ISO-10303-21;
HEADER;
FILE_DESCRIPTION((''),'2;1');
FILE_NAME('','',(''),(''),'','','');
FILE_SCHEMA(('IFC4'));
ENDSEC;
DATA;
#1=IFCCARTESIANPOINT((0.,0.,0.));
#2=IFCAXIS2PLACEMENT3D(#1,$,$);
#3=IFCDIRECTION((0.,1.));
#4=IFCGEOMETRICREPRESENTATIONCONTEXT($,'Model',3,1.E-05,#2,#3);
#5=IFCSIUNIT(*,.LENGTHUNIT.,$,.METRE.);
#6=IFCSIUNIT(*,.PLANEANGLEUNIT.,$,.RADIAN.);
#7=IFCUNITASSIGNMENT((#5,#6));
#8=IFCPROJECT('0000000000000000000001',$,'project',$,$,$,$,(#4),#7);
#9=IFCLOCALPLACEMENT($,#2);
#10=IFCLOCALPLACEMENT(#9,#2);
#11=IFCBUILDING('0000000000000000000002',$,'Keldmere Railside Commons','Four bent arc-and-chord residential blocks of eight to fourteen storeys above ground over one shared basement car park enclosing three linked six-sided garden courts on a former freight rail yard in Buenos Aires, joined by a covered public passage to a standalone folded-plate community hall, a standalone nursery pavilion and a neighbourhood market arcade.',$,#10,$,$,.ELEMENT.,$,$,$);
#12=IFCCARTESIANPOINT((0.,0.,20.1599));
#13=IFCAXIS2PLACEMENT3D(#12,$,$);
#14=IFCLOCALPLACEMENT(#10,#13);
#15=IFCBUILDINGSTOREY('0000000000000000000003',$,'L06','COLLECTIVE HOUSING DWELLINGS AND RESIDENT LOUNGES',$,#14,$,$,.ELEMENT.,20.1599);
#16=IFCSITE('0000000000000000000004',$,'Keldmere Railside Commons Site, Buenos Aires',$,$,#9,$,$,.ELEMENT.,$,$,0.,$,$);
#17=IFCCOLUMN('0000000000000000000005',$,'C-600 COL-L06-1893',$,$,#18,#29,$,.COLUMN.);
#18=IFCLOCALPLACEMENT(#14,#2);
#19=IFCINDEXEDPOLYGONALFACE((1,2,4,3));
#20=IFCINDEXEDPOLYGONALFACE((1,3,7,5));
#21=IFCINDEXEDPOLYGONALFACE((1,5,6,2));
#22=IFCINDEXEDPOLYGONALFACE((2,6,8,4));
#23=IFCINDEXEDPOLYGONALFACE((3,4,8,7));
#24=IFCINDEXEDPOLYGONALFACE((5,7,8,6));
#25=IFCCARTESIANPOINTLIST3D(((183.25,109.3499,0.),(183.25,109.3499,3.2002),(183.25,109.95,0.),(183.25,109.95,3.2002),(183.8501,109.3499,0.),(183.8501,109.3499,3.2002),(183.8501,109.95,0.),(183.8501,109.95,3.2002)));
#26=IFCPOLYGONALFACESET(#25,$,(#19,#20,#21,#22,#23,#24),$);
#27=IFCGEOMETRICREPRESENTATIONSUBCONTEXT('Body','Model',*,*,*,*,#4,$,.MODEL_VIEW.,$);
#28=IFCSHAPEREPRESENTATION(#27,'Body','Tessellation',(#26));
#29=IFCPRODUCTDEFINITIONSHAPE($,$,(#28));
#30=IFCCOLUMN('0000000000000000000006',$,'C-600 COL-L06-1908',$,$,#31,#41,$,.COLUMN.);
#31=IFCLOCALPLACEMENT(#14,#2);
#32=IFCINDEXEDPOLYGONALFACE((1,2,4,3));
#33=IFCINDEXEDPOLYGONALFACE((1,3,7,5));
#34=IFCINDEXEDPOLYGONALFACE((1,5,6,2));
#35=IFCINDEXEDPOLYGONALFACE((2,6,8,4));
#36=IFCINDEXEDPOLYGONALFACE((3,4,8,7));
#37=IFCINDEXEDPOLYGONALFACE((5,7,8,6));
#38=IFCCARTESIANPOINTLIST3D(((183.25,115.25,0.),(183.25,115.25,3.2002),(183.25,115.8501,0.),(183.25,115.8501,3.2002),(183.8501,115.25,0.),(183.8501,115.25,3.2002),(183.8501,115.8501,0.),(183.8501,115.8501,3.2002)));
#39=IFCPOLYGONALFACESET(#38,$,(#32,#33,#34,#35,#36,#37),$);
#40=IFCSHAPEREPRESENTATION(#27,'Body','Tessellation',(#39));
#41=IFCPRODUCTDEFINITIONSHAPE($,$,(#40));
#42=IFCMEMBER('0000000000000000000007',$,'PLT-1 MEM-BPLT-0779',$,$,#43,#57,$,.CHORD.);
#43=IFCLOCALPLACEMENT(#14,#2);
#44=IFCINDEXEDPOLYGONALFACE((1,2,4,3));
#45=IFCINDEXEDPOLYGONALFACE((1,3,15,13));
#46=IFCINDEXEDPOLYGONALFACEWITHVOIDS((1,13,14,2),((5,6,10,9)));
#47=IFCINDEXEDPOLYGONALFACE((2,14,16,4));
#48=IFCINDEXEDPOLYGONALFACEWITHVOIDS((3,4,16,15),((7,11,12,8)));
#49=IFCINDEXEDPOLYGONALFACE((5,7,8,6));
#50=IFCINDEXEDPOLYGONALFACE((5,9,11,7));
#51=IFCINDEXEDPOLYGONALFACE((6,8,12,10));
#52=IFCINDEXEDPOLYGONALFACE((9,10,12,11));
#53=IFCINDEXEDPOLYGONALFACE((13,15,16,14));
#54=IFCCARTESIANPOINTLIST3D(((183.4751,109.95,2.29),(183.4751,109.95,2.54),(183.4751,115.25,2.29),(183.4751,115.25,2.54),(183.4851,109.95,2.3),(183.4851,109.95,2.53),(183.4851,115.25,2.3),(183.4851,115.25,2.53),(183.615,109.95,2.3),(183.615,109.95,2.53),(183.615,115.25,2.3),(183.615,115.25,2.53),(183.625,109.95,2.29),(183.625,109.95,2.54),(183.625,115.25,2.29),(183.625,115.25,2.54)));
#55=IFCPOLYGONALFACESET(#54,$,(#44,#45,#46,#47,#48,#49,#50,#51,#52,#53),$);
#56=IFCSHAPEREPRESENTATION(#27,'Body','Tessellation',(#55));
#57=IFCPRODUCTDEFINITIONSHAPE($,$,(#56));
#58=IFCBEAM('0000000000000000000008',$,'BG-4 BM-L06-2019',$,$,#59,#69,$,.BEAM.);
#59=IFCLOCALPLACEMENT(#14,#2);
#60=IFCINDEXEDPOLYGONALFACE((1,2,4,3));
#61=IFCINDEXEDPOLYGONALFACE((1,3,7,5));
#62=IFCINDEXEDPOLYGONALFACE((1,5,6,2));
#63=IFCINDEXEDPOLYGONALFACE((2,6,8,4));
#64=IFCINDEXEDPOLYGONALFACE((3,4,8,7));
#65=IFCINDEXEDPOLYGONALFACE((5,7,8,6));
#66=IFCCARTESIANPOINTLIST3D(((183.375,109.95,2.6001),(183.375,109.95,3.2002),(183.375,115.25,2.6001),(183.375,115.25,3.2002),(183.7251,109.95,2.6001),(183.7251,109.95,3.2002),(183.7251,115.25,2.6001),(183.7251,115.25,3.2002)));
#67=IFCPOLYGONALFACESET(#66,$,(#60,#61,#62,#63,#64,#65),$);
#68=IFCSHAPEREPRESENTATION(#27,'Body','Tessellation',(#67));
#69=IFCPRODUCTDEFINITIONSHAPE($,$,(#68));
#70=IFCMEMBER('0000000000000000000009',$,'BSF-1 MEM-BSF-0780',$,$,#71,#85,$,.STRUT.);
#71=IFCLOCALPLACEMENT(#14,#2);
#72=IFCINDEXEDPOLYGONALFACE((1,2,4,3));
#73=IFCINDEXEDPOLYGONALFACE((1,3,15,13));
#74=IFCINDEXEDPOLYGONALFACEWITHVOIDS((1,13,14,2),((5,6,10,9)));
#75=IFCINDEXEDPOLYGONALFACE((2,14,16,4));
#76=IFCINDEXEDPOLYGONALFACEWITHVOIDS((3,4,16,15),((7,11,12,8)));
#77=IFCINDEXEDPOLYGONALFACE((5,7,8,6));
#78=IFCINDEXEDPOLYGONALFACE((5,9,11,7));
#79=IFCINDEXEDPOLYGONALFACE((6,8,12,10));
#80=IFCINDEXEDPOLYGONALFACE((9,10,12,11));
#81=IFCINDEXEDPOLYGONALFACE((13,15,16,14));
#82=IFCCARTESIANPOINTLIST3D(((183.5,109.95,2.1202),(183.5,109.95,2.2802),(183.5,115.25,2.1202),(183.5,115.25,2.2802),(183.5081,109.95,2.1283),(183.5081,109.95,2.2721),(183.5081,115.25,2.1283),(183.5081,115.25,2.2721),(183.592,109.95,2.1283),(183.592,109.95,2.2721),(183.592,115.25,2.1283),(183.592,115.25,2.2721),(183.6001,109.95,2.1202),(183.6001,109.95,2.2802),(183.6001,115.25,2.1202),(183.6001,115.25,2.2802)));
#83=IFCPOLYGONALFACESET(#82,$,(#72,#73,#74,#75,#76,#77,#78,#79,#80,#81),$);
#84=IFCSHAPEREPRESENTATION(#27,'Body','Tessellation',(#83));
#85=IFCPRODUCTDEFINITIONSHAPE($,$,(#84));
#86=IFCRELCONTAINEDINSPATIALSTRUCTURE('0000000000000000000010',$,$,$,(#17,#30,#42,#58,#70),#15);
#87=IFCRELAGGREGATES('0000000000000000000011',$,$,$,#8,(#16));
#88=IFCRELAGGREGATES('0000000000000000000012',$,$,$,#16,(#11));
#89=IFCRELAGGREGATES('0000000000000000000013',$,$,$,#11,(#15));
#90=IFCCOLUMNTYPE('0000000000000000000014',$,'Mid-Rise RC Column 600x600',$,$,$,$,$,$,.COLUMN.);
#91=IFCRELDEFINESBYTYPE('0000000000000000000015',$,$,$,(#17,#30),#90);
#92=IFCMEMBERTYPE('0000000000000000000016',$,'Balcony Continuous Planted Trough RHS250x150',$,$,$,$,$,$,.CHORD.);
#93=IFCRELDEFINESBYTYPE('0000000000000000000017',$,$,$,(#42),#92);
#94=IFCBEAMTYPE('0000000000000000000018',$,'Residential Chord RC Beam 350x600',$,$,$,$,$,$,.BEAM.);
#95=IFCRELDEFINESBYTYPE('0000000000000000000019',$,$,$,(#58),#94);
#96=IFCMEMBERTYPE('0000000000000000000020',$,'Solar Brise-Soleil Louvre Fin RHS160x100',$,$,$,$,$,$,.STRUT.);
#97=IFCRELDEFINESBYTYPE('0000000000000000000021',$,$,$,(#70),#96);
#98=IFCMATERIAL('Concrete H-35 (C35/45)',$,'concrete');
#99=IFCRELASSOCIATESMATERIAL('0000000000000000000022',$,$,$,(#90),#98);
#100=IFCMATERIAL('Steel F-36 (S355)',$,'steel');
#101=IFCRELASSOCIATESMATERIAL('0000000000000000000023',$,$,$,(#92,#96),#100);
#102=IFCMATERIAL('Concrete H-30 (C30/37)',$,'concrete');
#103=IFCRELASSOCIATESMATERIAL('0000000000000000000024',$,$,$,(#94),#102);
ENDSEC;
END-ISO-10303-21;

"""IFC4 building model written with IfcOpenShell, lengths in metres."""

from ifc_helpers import new_model, si_unit, direction, frame, origin, origin_2d, place, context, subcontext, project, spatial, rectangle, hollow_rectangle, extrude, material, material_profile, profile_set, type_object, element, save


model = new_model("IFC4")

# Units and contexts
model_context = context("Model", 3, precision=1e-05, world=origin(), true_north=direction((0.0, 1.0)))
body_context = subcontext(model_context, "Body", "Model", "MODEL_VIEW")
ifc_project = project(units=[si_unit("LENGTHUNIT", "METRE"), si_unit("PLANEANGLEUNIT", "RADIAN")], contexts=[model_context])

# Site, building, storey
site_placement = place(None, origin())
site = spatial("IfcSite", under=ifc_project, at=site_placement, Name="Keldmere Railside Commons Site, Buenos Aires", CompositionType="ELEMENT", RefElevation=0.0)
building_placement = place(site_placement, origin())
building = spatial("IfcBuilding", under=site, at=building_placement, Name="Keldmere Railside Commons", Description="Four bent arc-and-chord residential blocks of eight to fourteen storeys above ground over one shared basement car park enclosing three linked six-sided garden courts on a former freight rail yard in Buenos Aires, joined by a covered public passage to a standalone folded-plate community hall, a standalone nursery pavilion and a neighbourhood market arcade.", CompositionType="ELEMENT")
storey_placement = place(building_placement, frame((0.0, 0.0, 20.1599)))
storey = spatial("IfcBuildingStorey", under=building, at=storey_placement, Name="L06", Description="COLLECTIVE HOUSING DWELLINGS AND RESIDENT LOUNGES", CompositionType="ELEMENT", Elevation=20.1599)

# Columns
ifc_material_1 = material(Name="Concrete H-35 (C35/45)", Category="concrete")
ifc_material_profile_1 = material_profile(ifc_material_1, rectangle(XDim=0.6001, YDim=0.6001, at=origin_2d()), Name="RC-600x600")
ifc_profile_set_1 = profile_set([ifc_material_profile_1], Name="Concrete H-35 (C35/45)")
column_type = type_object("IfcColumnType", Name="Mid-Rise RC Column 600x600", PredefinedType="COLUMN", material=ifc_profile_set_1)
for number, where, z_axis, x_axis, name in (
    (1, (183.55, 109.6499, 0.0), (0.0, 0.0, 1.0), (1.0, 0.0, 0.0), "C-600 COL-L06-1893"),
    (2, (183.55, 115.55, 0.0), (0.0, 0.0, 1.0), (1.0, 0.0, 0.0), "C-600 COL-L06-1908"),
):
    element("IfcColumn", number, at=place(storey_placement, frame(where, z_axis=z_axis, x_axis=x_axis)), inside=storey, type_object=column_type, Name=name, PredefinedType="COLUMN", context=body_context, shape_type="SweptSolid", body=[
        extrude(rectangle(XDim=0.6001, YDim=0.6001, at=origin_2d()), origin(), (0.0, 0.0, 1.0), 3.2002),
    ])

# Member
ifc_material_2 = material(Name="Steel F-36 (S355)", Category="steel")
ifc_material_profile_2 = material_profile(ifc_material_2, hollow_rectangle(XDim=0.1499, YDim=0.25, WallThickness=0.01, at=origin_2d()), Name="RHS-250x150x10")
ifc_profile_set_2 = profile_set([ifc_material_profile_2], Name="Steel F-36 (S355)")
member_type_1 = type_object("IfcMemberType", Name="Balcony Continuous Planted Trough RHS250x150", PredefinedType="CHORD", material=ifc_profile_set_2)
member_1_placement = place(storey_placement, frame((183.55, 109.95, 2.415), z_axis=(0.0, 1.0, 0.0), x_axis=(-1.0, 0.0, 0.0)))
element("IfcMember", 3, at=member_1_placement, inside=storey, type_object=member_type_1, Name="PLT-1 MEM-BPLT-0779", PredefinedType="CHORD", context=body_context, shape_type="SweptSolid", body=[
    extrude(hollow_rectangle(XDim=0.1499, YDim=0.25, WallThickness=0.01, at=origin_2d()), origin(), (0.0, 0.0, 1.0), 5.3),
])

# Beam
ifc_material_3 = material(Name="Concrete H-30 (C30/37)", Category="concrete")
ifc_material_profile_3 = material_profile(ifc_material_3, rectangle(XDim=0.3501, YDim=0.6001, at=origin_2d()), Name="RC-350x600")
ifc_profile_set_3 = profile_set([ifc_material_profile_3], Name="Concrete H-30 (C30/37)")
beam_type = type_object("IfcBeamType", Name="Residential Chord RC Beam 350x600", PredefinedType="BEAM", material=ifc_profile_set_3)
beam_placement = place(storey_placement, frame((183.55, 109.95, 2.9001), z_axis=(0.0, 1.0, 0.0), x_axis=(-1.0, 0.0, 0.0)))
element("IfcBeam", 4, at=beam_placement, inside=storey, type_object=beam_type, Name="BG-4 BM-L06-2019", PredefinedType="BEAM", context=body_context, shape_type="SweptSolid", body=[
    extrude(rectangle(XDim=0.3501, YDim=0.6001, at=origin_2d()), origin(), (0.0, 0.0, 1.0), 5.3),
])

# Member
ifc_material_profile_4 = material_profile(ifc_material_2, hollow_rectangle(XDim=0.1001, YDim=0.1599, WallThickness=0.0081, at=origin_2d()), Name="RHS-160x100x8")
ifc_profile_set_4 = profile_set([ifc_material_profile_4], Name="Steel F-36 (S355)")
member_type_2 = type_object("IfcMemberType", Name="Solar Brise-Soleil Louvre Fin RHS160x100", PredefinedType="STRUT", material=ifc_profile_set_4)
member_2_placement = place(storey_placement, frame((183.55, 109.95, 2.2002), z_axis=(0.0, 1.0, 0.0), x_axis=(-1.0, 0.0, 0.0)))
element("IfcMember", 5, at=member_2_placement, inside=storey, type_object=member_type_2, Name="BSF-1 MEM-BSF-0780", PredefinedType="STRUT", context=body_context, shape_type="SweptSolid", body=[
    extrude(hollow_rectangle(XDim=0.1001, YDim=0.1599, WallThickness=0.0081, at=origin_2d()), origin(), (0.0, 0.0, 1.0), 5.3),
])

save(model, "model.ifc")
